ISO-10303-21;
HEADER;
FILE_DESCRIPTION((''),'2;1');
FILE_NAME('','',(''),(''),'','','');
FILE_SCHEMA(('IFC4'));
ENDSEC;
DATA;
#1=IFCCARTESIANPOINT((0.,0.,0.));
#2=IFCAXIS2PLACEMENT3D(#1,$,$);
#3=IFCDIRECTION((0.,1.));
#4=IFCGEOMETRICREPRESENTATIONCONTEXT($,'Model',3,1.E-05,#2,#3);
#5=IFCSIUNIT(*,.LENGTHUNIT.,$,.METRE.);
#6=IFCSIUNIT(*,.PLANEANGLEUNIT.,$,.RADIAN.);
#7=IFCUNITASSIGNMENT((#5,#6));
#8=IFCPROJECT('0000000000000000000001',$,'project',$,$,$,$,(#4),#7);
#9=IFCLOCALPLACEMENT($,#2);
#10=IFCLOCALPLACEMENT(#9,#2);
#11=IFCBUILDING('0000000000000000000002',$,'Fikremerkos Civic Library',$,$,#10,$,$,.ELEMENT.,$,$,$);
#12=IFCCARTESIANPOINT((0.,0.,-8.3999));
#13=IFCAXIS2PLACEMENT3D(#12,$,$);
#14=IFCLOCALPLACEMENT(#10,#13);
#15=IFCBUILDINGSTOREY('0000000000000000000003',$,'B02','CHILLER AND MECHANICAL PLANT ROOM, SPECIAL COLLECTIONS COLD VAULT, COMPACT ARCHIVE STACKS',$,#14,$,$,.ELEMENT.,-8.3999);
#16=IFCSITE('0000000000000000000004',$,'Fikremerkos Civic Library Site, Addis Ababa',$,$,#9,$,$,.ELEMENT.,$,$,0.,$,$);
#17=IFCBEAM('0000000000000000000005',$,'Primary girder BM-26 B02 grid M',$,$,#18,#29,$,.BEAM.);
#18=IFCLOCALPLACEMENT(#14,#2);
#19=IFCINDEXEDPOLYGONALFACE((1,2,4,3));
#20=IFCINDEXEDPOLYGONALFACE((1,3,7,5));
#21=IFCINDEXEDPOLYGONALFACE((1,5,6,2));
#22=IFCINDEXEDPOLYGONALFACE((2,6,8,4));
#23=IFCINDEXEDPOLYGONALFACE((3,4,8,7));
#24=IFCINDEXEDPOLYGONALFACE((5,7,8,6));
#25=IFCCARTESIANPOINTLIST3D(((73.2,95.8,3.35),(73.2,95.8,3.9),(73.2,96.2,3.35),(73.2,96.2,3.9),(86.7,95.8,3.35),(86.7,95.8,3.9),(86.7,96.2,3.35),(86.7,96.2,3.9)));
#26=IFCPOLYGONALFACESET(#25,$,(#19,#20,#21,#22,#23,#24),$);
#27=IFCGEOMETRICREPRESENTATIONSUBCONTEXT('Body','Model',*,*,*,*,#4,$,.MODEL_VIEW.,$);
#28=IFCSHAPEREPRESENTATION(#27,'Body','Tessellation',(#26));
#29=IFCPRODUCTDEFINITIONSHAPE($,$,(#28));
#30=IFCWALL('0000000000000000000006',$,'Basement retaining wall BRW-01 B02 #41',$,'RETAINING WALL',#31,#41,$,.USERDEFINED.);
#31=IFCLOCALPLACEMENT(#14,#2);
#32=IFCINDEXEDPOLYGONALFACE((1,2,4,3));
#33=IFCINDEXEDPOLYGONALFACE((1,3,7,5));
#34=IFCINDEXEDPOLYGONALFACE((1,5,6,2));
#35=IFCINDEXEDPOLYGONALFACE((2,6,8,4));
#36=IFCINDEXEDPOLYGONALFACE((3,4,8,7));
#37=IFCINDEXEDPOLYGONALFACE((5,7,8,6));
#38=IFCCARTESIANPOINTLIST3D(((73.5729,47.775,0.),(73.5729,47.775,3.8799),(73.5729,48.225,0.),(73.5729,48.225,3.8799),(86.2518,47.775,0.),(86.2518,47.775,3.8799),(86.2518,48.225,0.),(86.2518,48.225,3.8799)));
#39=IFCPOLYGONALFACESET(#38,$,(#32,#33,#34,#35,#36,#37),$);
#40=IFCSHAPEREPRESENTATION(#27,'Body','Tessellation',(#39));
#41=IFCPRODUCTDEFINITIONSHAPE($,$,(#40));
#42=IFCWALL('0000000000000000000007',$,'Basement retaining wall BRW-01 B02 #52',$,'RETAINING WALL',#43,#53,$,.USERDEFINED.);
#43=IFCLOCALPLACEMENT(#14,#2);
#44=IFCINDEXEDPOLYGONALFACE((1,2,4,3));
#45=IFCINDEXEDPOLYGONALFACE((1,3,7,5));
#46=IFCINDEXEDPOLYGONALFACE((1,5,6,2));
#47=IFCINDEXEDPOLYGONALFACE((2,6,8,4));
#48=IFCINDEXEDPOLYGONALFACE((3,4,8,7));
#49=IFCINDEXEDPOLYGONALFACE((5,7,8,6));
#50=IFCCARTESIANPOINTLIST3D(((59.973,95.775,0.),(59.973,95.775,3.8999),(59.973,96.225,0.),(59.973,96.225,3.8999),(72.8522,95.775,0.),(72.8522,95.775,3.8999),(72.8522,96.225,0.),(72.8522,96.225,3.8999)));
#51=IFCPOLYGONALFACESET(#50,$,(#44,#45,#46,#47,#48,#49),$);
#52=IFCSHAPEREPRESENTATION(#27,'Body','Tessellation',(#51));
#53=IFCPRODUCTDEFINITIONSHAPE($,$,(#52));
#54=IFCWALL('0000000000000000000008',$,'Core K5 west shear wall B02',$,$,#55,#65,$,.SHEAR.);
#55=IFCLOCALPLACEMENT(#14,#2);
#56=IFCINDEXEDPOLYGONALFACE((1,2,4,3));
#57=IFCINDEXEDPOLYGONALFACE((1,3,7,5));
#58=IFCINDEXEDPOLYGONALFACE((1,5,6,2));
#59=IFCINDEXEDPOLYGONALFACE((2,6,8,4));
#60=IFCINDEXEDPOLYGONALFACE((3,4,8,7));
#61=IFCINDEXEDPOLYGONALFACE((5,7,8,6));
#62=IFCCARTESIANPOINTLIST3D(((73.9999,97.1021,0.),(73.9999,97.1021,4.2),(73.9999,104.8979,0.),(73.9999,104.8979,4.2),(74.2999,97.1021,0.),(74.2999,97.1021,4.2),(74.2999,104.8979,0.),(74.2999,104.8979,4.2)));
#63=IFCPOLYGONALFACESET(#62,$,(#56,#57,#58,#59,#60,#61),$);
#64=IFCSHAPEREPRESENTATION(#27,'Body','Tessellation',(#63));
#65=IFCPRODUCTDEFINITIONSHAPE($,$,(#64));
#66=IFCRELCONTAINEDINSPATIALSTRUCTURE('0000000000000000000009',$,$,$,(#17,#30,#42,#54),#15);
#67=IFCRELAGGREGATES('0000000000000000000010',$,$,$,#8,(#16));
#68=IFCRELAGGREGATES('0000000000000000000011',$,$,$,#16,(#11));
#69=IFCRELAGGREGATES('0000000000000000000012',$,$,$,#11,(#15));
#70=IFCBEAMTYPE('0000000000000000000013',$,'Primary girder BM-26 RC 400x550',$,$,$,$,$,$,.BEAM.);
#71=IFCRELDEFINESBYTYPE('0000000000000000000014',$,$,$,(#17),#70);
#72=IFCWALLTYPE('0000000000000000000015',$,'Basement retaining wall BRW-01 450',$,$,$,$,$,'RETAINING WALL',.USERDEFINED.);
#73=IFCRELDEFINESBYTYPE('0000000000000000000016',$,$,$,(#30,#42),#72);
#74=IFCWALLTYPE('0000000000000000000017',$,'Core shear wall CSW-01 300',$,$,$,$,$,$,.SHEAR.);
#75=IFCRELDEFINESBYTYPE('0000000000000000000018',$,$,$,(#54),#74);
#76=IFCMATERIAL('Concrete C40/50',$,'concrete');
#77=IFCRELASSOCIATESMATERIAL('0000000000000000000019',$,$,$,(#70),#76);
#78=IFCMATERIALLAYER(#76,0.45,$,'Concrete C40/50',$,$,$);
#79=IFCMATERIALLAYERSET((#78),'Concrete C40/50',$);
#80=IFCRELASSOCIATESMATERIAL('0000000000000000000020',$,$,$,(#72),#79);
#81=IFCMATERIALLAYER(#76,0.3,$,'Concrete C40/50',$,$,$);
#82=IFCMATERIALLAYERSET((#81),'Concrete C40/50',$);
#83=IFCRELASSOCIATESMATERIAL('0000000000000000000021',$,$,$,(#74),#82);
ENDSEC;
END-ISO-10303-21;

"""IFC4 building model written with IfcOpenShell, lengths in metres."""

from ifc_helpers import new_model, si_unit, direction, frame, frame_2d, origin, origin_2d, place, context, subcontext, project, spatial, rectangle, extrude, material, layer, layer_set, material_profile, profile_set, type_object, element, save


model = new_model("IFC4")

# Units and contexts
model_context = context("Model", 3, precision=1e-05, world=origin(), true_north=direction((0.0, 1.0)))
body_context = subcontext(model_context, "Body", "Model", "MODEL_VIEW")
ifc_project = project(units=[si_unit("LENGTHUNIT", "METRE"), si_unit("PLANEANGLEUNIT", "RADIAN")], contexts=[model_context])

# Site, building, storey
site_placement = place(None, origin())
site = spatial("IfcSite", under=ifc_project, at=site_placement, Name="Fikremerkos Civic Library Site, Addis Ababa", CompositionType="ELEMENT", RefElevation=0.0)
building_placement = place(site_placement, origin())
building = spatial("IfcBuilding", under=site, at=building_placement, Name="Fikremerkos Civic Library", CompositionType="ELEMENT")
storey_placement = place(building_placement, frame((0.0, 0.0, -8.3999)))
storey = spatial("IfcBuildingStorey", under=building, at=storey_placement, Name="B02", Description="CHILLER AND MECHANICAL PLANT ROOM, SPECIAL COLLECTIONS COLD VAULT, COMPACT ARCHIVE STACKS", CompositionType="ELEMENT", Elevation=-8.3999)

# Shared definitions
ifc_material_1 = material(Name="Concrete C40/50", Category="concrete")

# Beam
ifc_material_profile_1 = material_profile(ifc_material_1, rectangle(XDim=0.3999, YDim=0.55, at=origin_2d()), Name="RC 400x550")
ifc_profile_set_1 = profile_set([ifc_material_profile_1], Name="Concrete C40/50")
beam_type_1 = type_object("IfcBeamType", Name="Primary girder BM-26 RC 400x550", PredefinedType="BEAM", material=ifc_profile_set_1)
beam_1_placement = place(storey_placement, frame((73.2, 96.0, 3.625), z_axis=(1.0, 0.0, 0.0), x_axis=(0.0, 1.0, 0.0)))
element("IfcBeam", 1, at=beam_1_placement, inside=storey, type_object=beam_type_1, Name="Primary girder BM-26 B02 grid M", PredefinedType="BEAM", context=body_context, shape_type="SweptSolid", body=[
    extrude(rectangle(XDim=0.3999, YDim=0.55, at=origin_2d()), origin(), (0.0, 0.0, 1.0), 13.5),
])

# Walls
ifc_layer_1 = layer(ifc_material_1, 0.45, Name="Concrete C40/50")
ifc_layer_set_1 = layer_set([ifc_layer_1], Name="Concrete C40/50")
wall_type_1 = type_object("IfcWallType", Name="Basement retaining wall BRW-01 450", ElementType="RETAINING WALL", PredefinedType="USERDEFINED", material=ifc_layer_set_1)
wall_1_placement = place(storey_placement, frame((73.573, 48.0, 0.0), z_axis=(0.0, 0.0, 1.0), x_axis=(1.0, 0.0, 0.0)))
element("IfcWall", 2, at=wall_1_placement, inside=storey, type_object=wall_type_1, Name="Basement retaining wall BRW-01 B02 #41", ObjectType="RETAINING WALL", PredefinedType="USERDEFINED", context=body_context, shape_type="SweptSolid", body=[
    extrude(rectangle(XDim=12.679, YDim=0.45, at=frame_2d((6.3394, 0.0))), origin(), (0.0, 0.0, 1.0), 3.8799),
])
wall_2_placement = place(storey_placement, frame((72.8521, 96.0, 0.0), z_axis=(0.0, 0.0, 1.0), x_axis=(-1.0, 0.0, 0.0)))
element("IfcWall", 3, at=wall_2_placement, inside=storey, type_object=wall_type_1, Name="Basement retaining wall BRW-01 B02 #52", ObjectType="RETAINING WALL", PredefinedType="USERDEFINED", context=body_context, shape_type="SweptSolid", body=[
    extrude(rectangle(XDim=12.8792, YDim=0.45, at=frame_2d((6.4395, 0.0))), origin(), (0.0, 0.0, 1.0), 3.8999),
])
ifc_layer_2 = layer(ifc_material_1, 0.3, Name="Concrete C40/50")
ifc_layer_set_2 = layer_set([ifc_layer_2], Name="Concrete C40/50")
wall_type_2 = type_object("IfcWallType", Name="Core shear wall CSW-01 300", PredefinedType="SHEAR", material=ifc_layer_set_2)
wall_3_placement = place(storey_placement, frame((74.1499, 97.1021, 0.0), z_axis=(0.0, 0.0, 1.0), x_axis=(0.0, 1.0, 0.0)))
element("IfcWall", 4, at=wall_3_placement, inside=storey, type_object=wall_type_2, Name="Core K5 west shear wall B02", PredefinedType="SHEAR", context=body_context, shape_type="SweptSolid", body=[
    extrude(rectangle(XDim=7.7959, YDim=0.3, at=frame_2d((3.8979, 0.0))), origin(), (0.0, 0.0, 1.0), 4.2),
])

save(model, "model.ifc")
